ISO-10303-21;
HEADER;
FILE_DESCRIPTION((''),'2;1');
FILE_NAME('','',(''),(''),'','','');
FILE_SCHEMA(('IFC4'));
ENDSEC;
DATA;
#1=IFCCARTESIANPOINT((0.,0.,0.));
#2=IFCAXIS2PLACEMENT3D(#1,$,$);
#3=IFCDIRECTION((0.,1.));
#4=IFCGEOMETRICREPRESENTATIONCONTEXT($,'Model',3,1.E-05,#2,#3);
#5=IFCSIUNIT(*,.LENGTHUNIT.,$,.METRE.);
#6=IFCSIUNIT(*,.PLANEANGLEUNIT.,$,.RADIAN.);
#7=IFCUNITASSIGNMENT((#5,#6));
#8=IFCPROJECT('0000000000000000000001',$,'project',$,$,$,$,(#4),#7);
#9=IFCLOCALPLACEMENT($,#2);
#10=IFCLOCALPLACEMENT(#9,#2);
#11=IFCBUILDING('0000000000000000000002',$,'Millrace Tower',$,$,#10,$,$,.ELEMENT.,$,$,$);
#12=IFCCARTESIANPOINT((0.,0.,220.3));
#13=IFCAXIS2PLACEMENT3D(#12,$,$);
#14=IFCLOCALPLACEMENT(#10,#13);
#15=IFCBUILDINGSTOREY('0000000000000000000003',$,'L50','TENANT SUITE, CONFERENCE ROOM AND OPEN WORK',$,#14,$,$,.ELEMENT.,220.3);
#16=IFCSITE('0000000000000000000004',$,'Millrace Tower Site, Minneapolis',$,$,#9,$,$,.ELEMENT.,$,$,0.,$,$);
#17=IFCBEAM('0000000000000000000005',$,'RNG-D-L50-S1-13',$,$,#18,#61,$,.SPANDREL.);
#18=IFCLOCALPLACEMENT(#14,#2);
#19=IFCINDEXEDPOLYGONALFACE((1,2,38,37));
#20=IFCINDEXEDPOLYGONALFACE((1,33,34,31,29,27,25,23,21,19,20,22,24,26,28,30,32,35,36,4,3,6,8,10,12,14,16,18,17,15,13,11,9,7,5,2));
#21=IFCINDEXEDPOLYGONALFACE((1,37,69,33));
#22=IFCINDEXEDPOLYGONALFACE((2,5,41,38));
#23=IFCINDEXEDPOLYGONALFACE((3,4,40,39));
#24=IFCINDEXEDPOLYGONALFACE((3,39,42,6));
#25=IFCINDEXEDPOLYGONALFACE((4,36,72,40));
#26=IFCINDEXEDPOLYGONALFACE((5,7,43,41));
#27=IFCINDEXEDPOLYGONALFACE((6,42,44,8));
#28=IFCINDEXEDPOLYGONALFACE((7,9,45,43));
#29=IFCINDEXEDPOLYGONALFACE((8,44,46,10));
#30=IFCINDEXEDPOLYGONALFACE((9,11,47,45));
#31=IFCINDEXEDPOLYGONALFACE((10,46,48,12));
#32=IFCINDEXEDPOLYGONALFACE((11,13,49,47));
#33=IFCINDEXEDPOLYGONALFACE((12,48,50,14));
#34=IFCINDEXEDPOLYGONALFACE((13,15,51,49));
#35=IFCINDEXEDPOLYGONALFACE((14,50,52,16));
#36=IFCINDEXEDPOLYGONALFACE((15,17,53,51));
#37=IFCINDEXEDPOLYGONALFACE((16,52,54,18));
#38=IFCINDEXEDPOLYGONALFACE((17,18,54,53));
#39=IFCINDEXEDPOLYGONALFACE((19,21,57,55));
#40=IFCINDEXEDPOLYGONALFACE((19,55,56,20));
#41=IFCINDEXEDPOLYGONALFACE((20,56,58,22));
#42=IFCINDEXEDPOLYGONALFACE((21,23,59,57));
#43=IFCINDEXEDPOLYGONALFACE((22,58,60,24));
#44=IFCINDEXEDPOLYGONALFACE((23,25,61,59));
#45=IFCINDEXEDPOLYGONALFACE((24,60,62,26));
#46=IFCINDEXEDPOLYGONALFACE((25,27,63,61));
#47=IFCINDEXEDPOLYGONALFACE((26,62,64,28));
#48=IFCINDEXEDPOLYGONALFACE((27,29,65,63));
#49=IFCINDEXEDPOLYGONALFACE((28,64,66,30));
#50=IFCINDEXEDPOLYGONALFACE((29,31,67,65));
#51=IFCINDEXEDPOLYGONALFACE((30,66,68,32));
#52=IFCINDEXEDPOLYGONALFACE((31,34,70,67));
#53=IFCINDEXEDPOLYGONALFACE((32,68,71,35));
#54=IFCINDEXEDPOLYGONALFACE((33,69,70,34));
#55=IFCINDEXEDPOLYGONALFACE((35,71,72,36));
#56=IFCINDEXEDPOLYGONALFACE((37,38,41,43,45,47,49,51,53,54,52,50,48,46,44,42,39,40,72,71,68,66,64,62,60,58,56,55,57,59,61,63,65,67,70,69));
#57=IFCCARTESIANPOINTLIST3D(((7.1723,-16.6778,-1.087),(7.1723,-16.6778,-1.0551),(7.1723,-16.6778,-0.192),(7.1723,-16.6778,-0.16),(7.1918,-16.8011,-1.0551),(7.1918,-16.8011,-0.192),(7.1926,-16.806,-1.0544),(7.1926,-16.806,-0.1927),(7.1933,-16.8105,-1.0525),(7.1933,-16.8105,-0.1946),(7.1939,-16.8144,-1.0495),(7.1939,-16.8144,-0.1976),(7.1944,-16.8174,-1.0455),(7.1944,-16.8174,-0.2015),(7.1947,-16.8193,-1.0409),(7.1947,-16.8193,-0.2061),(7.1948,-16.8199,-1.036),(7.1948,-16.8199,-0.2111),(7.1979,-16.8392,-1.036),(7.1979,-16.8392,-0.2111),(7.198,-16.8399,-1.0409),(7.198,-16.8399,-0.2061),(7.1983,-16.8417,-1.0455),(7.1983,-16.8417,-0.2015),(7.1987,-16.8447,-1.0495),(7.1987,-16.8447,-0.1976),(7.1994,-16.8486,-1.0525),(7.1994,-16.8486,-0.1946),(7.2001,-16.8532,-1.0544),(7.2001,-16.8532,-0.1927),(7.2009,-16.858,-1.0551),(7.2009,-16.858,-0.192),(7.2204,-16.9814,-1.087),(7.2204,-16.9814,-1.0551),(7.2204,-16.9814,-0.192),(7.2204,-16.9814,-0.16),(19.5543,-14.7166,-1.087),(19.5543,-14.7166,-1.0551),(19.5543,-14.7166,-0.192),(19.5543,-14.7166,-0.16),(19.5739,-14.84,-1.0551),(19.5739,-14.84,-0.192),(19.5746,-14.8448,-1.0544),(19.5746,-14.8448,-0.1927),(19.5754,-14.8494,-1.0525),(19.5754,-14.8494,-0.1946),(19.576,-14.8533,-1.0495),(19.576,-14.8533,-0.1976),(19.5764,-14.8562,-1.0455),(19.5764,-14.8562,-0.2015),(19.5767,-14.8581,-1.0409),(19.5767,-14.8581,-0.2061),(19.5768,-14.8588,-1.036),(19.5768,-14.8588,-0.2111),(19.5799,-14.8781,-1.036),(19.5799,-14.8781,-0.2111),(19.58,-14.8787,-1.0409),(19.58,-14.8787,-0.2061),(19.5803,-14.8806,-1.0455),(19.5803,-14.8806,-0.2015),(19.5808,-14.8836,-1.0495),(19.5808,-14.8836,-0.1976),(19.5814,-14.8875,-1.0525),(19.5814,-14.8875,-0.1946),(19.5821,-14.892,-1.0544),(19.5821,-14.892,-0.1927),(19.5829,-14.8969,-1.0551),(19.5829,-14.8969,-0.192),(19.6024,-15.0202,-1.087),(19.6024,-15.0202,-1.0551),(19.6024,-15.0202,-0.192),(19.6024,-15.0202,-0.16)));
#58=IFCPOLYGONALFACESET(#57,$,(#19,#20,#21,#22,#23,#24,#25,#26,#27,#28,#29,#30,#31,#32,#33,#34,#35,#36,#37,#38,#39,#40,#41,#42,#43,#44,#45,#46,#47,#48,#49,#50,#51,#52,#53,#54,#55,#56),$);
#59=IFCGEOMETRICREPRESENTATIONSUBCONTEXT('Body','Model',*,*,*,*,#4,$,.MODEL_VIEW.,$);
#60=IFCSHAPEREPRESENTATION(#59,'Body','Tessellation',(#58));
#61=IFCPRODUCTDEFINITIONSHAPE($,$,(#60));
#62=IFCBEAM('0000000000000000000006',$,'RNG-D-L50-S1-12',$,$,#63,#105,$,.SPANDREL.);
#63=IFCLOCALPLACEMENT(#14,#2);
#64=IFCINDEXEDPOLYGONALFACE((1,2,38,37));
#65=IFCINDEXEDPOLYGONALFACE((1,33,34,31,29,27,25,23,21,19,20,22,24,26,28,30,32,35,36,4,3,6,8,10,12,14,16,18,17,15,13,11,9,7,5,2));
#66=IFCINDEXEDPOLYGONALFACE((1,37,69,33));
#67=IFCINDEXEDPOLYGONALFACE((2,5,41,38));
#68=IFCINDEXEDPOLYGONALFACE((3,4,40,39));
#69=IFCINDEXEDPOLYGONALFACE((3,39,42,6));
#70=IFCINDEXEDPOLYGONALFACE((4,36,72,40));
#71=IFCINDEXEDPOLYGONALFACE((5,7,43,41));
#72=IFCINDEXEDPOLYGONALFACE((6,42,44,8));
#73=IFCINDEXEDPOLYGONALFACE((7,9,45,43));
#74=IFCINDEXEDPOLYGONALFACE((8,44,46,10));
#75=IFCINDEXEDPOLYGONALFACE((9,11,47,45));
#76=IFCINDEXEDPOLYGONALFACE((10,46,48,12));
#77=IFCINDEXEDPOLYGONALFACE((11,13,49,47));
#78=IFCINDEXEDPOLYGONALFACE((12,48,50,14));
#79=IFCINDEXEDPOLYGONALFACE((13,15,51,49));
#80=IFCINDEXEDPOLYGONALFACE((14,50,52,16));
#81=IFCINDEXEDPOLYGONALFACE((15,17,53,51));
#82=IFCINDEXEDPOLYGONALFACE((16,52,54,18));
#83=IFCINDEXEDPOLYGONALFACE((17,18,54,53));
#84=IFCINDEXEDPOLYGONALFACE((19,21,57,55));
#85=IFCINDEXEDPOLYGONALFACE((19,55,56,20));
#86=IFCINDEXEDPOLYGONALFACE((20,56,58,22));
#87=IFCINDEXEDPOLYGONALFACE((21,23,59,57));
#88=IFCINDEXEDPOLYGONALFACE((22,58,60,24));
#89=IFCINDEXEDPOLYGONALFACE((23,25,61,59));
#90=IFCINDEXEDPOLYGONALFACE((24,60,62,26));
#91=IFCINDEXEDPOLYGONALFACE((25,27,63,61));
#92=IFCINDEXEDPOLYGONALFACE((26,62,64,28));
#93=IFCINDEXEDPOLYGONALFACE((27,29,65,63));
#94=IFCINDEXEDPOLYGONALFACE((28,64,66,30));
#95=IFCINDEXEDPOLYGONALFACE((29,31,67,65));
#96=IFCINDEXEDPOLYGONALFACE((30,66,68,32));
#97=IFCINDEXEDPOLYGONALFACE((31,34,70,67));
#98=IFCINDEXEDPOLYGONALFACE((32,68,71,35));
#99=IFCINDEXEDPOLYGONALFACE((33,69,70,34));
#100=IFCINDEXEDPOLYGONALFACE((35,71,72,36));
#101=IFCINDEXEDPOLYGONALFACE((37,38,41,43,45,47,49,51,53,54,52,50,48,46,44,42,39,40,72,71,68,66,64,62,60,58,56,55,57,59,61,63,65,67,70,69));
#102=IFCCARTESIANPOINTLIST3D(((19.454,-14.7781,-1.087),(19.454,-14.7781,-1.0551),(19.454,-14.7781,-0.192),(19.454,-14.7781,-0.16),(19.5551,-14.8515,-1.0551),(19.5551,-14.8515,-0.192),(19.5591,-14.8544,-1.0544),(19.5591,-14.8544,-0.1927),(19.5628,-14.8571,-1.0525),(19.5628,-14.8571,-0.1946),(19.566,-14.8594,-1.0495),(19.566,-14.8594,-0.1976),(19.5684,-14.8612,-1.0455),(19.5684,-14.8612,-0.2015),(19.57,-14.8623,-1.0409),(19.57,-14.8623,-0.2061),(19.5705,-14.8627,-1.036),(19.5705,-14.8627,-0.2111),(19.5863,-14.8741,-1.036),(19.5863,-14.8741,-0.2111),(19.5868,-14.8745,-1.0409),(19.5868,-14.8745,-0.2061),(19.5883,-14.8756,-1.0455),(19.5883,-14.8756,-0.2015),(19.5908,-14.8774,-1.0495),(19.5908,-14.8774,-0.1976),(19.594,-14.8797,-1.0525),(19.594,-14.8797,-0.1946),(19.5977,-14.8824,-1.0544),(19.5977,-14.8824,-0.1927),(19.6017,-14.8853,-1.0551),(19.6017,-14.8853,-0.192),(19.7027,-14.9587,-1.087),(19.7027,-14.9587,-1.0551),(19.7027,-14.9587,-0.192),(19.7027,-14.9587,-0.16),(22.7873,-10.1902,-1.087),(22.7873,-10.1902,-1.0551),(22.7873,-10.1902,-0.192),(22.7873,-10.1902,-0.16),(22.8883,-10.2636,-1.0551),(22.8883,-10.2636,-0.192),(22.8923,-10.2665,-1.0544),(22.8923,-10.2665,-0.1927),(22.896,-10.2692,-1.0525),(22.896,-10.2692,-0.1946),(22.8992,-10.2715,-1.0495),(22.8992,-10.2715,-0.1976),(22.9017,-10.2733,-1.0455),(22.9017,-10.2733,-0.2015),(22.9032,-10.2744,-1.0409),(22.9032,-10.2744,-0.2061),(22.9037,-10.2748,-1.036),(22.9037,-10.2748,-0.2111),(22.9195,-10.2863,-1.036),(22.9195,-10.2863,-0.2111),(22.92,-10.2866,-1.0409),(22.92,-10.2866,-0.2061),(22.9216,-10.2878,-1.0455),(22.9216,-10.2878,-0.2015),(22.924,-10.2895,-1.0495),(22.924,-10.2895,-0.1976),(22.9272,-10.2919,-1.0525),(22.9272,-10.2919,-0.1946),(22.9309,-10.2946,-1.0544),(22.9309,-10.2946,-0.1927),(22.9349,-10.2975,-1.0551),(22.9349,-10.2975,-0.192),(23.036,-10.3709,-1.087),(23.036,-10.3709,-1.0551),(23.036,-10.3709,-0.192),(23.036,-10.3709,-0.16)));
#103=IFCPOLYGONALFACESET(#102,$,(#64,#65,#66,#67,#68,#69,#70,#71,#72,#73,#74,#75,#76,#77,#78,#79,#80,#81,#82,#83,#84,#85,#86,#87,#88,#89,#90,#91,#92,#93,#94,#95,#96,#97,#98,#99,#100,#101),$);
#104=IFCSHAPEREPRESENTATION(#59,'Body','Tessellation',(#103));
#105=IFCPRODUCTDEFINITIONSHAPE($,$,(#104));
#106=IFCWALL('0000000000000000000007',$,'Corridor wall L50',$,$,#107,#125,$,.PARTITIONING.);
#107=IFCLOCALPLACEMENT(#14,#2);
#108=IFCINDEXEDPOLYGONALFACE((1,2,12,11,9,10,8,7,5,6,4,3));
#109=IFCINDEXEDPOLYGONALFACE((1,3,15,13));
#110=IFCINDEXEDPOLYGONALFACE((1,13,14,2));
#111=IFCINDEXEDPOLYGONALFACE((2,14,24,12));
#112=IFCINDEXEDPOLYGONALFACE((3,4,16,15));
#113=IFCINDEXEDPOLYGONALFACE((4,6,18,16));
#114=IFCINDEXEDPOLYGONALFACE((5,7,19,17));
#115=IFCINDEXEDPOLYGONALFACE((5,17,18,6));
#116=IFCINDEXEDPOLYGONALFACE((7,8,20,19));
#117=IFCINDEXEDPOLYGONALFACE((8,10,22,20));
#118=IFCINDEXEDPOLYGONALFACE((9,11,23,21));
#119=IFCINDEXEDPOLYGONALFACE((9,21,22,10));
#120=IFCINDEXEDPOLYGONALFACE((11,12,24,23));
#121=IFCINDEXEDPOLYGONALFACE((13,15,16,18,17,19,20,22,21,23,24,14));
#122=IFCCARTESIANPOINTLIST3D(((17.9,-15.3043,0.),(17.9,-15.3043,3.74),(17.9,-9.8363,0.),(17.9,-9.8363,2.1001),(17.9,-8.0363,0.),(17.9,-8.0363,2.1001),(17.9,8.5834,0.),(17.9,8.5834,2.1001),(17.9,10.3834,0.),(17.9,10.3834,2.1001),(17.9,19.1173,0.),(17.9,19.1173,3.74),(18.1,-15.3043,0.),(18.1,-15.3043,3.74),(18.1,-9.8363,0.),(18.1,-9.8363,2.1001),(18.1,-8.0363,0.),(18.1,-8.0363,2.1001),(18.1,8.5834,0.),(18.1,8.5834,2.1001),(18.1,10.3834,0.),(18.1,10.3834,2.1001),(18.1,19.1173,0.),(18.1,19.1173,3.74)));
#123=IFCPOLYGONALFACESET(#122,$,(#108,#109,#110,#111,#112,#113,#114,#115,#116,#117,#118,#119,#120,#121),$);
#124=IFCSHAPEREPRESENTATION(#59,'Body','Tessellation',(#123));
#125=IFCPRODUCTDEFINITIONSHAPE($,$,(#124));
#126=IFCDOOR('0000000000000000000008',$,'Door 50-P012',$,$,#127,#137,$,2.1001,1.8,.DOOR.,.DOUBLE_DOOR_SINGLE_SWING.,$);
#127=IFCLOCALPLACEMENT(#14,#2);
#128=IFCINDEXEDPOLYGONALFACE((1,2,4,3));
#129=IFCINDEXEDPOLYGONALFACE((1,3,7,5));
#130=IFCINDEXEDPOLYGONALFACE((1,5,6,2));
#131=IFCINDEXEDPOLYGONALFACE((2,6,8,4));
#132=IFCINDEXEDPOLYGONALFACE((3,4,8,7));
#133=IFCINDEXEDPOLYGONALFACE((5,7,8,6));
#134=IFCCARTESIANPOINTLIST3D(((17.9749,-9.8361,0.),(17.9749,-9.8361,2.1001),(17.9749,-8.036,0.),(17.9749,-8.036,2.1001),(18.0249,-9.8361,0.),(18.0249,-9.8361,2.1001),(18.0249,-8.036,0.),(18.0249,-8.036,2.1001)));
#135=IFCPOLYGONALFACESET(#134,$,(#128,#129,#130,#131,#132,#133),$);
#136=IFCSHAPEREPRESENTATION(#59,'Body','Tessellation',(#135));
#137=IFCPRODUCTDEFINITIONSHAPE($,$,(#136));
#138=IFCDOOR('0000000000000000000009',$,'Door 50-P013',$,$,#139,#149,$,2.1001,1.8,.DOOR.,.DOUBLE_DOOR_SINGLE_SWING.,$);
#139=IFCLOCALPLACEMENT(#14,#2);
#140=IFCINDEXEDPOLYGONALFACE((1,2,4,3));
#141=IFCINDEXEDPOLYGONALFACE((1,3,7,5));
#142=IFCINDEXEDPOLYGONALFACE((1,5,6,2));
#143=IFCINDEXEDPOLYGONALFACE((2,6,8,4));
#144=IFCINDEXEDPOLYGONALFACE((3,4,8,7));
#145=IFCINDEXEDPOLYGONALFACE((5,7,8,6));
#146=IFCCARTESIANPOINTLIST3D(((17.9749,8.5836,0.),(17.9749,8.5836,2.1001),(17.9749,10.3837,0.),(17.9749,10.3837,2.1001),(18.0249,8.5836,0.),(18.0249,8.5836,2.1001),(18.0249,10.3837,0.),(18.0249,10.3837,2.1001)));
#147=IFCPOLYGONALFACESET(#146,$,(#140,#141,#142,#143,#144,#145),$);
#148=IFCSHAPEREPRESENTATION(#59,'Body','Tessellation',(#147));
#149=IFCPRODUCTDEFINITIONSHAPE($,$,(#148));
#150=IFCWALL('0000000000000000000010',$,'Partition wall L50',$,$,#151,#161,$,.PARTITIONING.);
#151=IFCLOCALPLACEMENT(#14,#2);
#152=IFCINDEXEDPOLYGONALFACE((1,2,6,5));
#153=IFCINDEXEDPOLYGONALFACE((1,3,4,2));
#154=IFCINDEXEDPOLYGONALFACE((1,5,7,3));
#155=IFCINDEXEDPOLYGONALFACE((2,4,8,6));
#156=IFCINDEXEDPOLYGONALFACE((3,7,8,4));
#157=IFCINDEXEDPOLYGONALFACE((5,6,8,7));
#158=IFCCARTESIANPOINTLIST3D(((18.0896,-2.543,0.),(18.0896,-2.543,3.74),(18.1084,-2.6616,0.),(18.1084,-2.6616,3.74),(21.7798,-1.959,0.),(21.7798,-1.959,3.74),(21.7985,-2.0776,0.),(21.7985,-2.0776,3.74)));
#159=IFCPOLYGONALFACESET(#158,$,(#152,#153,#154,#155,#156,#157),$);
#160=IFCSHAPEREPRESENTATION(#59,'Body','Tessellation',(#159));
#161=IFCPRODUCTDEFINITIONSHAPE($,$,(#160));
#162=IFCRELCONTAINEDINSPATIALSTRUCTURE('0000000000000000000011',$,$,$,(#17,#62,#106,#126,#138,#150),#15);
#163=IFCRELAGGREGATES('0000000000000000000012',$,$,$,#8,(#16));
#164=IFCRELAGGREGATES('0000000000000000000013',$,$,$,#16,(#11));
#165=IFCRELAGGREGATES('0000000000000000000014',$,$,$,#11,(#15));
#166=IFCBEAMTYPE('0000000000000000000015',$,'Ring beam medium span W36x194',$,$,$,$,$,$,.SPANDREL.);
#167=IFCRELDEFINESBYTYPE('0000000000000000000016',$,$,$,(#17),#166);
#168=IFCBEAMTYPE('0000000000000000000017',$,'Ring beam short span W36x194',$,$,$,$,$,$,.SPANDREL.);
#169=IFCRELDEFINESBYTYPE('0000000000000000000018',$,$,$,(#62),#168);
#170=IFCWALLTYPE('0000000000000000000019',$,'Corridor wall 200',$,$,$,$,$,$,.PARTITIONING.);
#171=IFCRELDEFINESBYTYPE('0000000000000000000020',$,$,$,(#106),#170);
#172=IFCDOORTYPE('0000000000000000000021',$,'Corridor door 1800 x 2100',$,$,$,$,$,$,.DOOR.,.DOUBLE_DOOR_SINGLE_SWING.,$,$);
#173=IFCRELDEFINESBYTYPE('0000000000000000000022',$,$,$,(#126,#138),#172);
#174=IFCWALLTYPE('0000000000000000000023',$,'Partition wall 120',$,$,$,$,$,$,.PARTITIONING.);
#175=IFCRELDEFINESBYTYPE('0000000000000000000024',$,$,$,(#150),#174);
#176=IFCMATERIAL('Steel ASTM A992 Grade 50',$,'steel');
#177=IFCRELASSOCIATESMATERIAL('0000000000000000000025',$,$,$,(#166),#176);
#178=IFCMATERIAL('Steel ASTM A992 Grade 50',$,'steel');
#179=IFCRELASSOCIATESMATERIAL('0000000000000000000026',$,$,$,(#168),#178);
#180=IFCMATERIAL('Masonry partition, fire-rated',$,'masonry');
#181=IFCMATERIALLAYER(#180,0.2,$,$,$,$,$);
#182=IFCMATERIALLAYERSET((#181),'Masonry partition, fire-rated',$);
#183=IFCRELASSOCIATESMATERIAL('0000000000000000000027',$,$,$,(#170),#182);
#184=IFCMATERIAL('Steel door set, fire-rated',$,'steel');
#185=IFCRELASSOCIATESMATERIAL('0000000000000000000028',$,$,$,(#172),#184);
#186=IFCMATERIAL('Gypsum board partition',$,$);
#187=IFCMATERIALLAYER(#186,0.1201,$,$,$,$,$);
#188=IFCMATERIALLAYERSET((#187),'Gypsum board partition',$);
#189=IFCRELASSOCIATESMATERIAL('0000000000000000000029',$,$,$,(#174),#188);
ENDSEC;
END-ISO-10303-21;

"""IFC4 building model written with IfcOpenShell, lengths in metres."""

from ifc_helpers import new_model, si_unit, direction, frame, frame_2d, origin, origin_2d, place, context, subcontext, project, spatial, rectangle, i_section, extrude, material, layer, layer_set, material_profile, profile_set, type_object, element, fill, save


model = new_model("IFC4")

# Units and contexts
model_context = context("Model", 3, precision=1e-05, world=origin(), true_north=direction((0.0, 1.0)))
body_context = subcontext(model_context, "Body", "Model", "MODEL_VIEW")
ifc_project = project(units=[si_unit("LENGTHUNIT", "METRE"), si_unit("PLANEANGLEUNIT", "RADIAN")], contexts=[model_context])

# Site, building, storey
site_placement = place(None, origin())
site = spatial("IfcSite", under=ifc_project, at=site_placement, Name="Millrace Tower Site, Minneapolis", CompositionType="ELEMENT", RefElevation=0.0)
building_placement = place(site_placement, origin())
building = spatial("IfcBuilding", under=site, at=building_placement, Name="Millrace Tower", CompositionType="ELEMENT")
storey_placement = place(building_placement, frame((0.0, 0.0, 220.3)))
storey = spatial("IfcBuildingStorey", under=building, at=storey_placement, Name="L50", Description="TENANT SUITE, CONFERENCE ROOM AND OPEN WORK", CompositionType="ELEMENT", Elevation=220.3)

# Beams
ifc_material_1 = material(Name="Steel ASTM A992 Grade 50", Category="steel")
ifc_material_profile_1 = material_profile(ifc_material_1, i_section(OverallWidth=0.3074, OverallDepth=0.927, WebThickness=0.0195, FlangeThickness=0.032, FilletRadius=0.019, at=origin_2d()))
ifc_profile_set_1 = profile_set([ifc_material_profile_1], Name="Steel ASTM A992 Grade 50")
beam_type_1 = type_object("IfcBeamType", Name="Ring beam medium span W36x194", PredefinedType="SPANDREL", material=ifc_profile_set_1)
beam_1_placement = place(storey_placement, frame((19.5784, -14.8684, -0.6235), z_axis=(-0.987688, -0.156439, 0.0), x_axis=(0.156439, -0.987688, 0.0)))
element("IfcBeam", 1, at=beam_1_placement, inside=storey, type_object=beam_type_1, Name="RNG-D-L50-S1-13", PredefinedType="SPANDREL", context=body_context, shape_type="SweptSolid", body=[
    extrude(i_section(OverallWidth=0.3074, OverallDepth=0.927, WebThickness=0.0195, FlangeThickness=0.032, FilletRadius=0.019, at=origin_2d()), origin(), (0.0, 0.0, 1.0), 12.5364),
])
ifc_material_2 = material(Name="Steel ASTM A992 Grade 50", Category="steel")
ifc_material_profile_2 = material_profile(ifc_material_2, i_section(OverallWidth=0.3074, OverallDepth=0.927, WebThickness=0.0195, FlangeThickness=0.032, FilletRadius=0.019, at=origin_2d()))
ifc_profile_set_2 = profile_set([ifc_material_profile_2], Name="Steel ASTM A992 Grade 50")
beam_type_2 = type_object("IfcBeamType", Name="Ring beam short span W36x194", PredefinedType="SPANDREL", material=ifc_profile_set_2)
beam_2_placement = place(storey_placement, frame((22.9116, -10.2805, -0.6235), z_axis=(-0.58778, -0.809021, 0.0), x_axis=(0.809021, -0.58778, 0.0)))
element("IfcBeam", 2, at=beam_2_placement, inside=storey, type_object=beam_type_2, Name="RNG-D-L50-S1-12", PredefinedType="SPANDREL", context=body_context, shape_type="SweptSolid", body=[
    extrude(i_section(OverallWidth=0.3074, OverallDepth=0.927, WebThickness=0.0195, FlangeThickness=0.032, FilletRadius=0.019, at=origin_2d()), origin(), (0.0, 0.0, 1.0), 5.6709),
])

# Wall, openings, doors
ifc_material_3 = material(Name="Masonry partition, fire-rated", Category="masonry")
ifc_layer_1 = layer(ifc_material_3, 0.2)
ifc_layer_set_1 = layer_set([ifc_layer_1], Name="Masonry partition, fire-rated")
wall_type_1 = type_object("IfcWallType", Name="Corridor wall 200", PredefinedType="PARTITIONING", material=ifc_layer_set_1)
wall_1_placement = place(storey_placement, frame((18.0, -15.3044, 0.0), z_axis=(0.0, 0.0, 1.0), x_axis=(0.0, 1.0, 0.0)))
wall_1 = element("IfcWall", 3, at=wall_1_placement, inside=storey, type_object=wall_type_1, Name="Corridor wall L50", PredefinedType="PARTITIONING", context=body_context, shape_type="SweptSolid", body=[
    extrude(rectangle(XDim=34.4216, YDim=0.2, at=frame_2d((17.2109, 0.0))), origin(), (0.0, 0.0, 1.0), 3.74),
])
opening_1_placement = place(wall_1_placement, frame((5.4683, 0.0, 0.0)))
opening_1 = element("IfcOpeningElement", 4, at=opening_1_placement, cuts=wall_1, PredefinedType="OPENING", context=body_context, shape_type="SweptSolid", body=[
    extrude(rectangle(XDim=1.8, YDim=2.1001, at=frame_2d((0.8999, 1.05))), frame((0.0, 0.1099, 0.0), z_axis=(0.0, -1.0, 0.0), x_axis=(1.0, 0.0, 0.0)), (0.0, 0.0, 1.0), 0.22),
])
opening_2_placement = place(wall_1_placement, frame((23.8879, 0.0, 0.0)))
opening_2 = element("IfcOpeningElement", 5, at=opening_2_placement, cuts=wall_1, PredefinedType="OPENING", context=body_context, shape_type="SweptSolid", body=[
    extrude(rectangle(XDim=1.8, YDim=2.1001, at=frame_2d((0.8999, 1.05))), frame((0.0, 0.1099, 0.0), z_axis=(0.0, -1.0, 0.0), x_axis=(1.0, 0.0, 0.0)), (0.0, 0.0, 1.0), 0.22),
])
ifc_material_4 = material(Name="Steel door set, fire-rated", Category="steel")
door_type = type_object("IfcDoorType", Name="Corridor door 1800 x 2100", OperationType="DOUBLE_DOOR_SINGLE_SWING", PredefinedType="DOOR", material=ifc_material_4)
door_1_placement = place(opening_1_placement, frame((1.8, 0.0, 0.0), z_axis=(0.0, 0.0, 1.0), x_axis=(-1.0, 0.0, 0.0)))
door_1 = element("IfcDoor", 6, at=door_1_placement, inside=storey, type_object=door_type, Name="Door 50-P012", OperationType="DOUBLE_DOOR_SINGLE_SWING", OverallHeight=2.1001, OverallWidth=1.8, PredefinedType="DOOR", context=body_context, shape_type="SweptSolid", body=[
    extrude(rectangle(XDim=1.8, YDim=2.1001, at=frame_2d((0.8999, 1.05))), frame((0.0, 0.0249, 0.0), z_axis=(0.0, -1.0, 0.0), x_axis=(1.0, 0.0, 0.0)), (0.0, 0.0, 1.0), 0.05),
])
fill(opening_1, door_1)
door_2_placement = place(opening_2_placement, frame((1.8, 0.0, 0.0), z_axis=(0.0, 0.0, 1.0), x_axis=(-1.0, 0.0, 0.0)))
door_2 = element("IfcDoor", 7, at=door_2_placement, inside=storey, type_object=door_type, Name="Door 50-P013", OperationType="DOUBLE_DOOR_SINGLE_SWING", OverallHeight=2.1001, OverallWidth=1.8, PredefinedType="DOOR", context=body_context, shape_type="SweptSolid", body=[
    extrude(rectangle(XDim=1.8, YDim=2.1001, at=frame_2d((0.8999, 1.05))), frame((0.0, 0.0249, 0.0), z_axis=(0.0, -1.0, 0.0), x_axis=(1.0, 0.0, 0.0)), (0.0, 0.0, 1.0), 0.05),
])
fill(opening_2, door_2)

# Wall
ifc_material_5 = material(Name="Gypsum board partition")
ifc_layer_2 = layer(ifc_material_5, 0.1201)
ifc_layer_set_2 = layer_set([ifc_layer_2], Name="Gypsum board partition")
wall_type_2 = type_object("IfcWallType", Name="Partition wall 120", PredefinedType="PARTITIONING", material=ifc_layer_set_2)
wall_2_placement = place(storey_placement, frame((18.0989, -2.6023, 0.0), z_axis=(0.0, 0.0, 1.0), x_axis=(0.987708, 0.156308, 0.0)))
element("IfcWall", 8, at=wall_2_placement, inside=storey, type_object=wall_type_2, Name="Partition wall L50", PredefinedType="PARTITIONING", context=body_context, shape_type="SweptSolid", body=[
    extrude(rectangle(XDim=3.7361, YDim=0.1201, at=frame_2d((1.8682, 0.0))), origin(), (0.0, 0.0, 1.0), 3.74),
])

save(model, "model.ifc")
